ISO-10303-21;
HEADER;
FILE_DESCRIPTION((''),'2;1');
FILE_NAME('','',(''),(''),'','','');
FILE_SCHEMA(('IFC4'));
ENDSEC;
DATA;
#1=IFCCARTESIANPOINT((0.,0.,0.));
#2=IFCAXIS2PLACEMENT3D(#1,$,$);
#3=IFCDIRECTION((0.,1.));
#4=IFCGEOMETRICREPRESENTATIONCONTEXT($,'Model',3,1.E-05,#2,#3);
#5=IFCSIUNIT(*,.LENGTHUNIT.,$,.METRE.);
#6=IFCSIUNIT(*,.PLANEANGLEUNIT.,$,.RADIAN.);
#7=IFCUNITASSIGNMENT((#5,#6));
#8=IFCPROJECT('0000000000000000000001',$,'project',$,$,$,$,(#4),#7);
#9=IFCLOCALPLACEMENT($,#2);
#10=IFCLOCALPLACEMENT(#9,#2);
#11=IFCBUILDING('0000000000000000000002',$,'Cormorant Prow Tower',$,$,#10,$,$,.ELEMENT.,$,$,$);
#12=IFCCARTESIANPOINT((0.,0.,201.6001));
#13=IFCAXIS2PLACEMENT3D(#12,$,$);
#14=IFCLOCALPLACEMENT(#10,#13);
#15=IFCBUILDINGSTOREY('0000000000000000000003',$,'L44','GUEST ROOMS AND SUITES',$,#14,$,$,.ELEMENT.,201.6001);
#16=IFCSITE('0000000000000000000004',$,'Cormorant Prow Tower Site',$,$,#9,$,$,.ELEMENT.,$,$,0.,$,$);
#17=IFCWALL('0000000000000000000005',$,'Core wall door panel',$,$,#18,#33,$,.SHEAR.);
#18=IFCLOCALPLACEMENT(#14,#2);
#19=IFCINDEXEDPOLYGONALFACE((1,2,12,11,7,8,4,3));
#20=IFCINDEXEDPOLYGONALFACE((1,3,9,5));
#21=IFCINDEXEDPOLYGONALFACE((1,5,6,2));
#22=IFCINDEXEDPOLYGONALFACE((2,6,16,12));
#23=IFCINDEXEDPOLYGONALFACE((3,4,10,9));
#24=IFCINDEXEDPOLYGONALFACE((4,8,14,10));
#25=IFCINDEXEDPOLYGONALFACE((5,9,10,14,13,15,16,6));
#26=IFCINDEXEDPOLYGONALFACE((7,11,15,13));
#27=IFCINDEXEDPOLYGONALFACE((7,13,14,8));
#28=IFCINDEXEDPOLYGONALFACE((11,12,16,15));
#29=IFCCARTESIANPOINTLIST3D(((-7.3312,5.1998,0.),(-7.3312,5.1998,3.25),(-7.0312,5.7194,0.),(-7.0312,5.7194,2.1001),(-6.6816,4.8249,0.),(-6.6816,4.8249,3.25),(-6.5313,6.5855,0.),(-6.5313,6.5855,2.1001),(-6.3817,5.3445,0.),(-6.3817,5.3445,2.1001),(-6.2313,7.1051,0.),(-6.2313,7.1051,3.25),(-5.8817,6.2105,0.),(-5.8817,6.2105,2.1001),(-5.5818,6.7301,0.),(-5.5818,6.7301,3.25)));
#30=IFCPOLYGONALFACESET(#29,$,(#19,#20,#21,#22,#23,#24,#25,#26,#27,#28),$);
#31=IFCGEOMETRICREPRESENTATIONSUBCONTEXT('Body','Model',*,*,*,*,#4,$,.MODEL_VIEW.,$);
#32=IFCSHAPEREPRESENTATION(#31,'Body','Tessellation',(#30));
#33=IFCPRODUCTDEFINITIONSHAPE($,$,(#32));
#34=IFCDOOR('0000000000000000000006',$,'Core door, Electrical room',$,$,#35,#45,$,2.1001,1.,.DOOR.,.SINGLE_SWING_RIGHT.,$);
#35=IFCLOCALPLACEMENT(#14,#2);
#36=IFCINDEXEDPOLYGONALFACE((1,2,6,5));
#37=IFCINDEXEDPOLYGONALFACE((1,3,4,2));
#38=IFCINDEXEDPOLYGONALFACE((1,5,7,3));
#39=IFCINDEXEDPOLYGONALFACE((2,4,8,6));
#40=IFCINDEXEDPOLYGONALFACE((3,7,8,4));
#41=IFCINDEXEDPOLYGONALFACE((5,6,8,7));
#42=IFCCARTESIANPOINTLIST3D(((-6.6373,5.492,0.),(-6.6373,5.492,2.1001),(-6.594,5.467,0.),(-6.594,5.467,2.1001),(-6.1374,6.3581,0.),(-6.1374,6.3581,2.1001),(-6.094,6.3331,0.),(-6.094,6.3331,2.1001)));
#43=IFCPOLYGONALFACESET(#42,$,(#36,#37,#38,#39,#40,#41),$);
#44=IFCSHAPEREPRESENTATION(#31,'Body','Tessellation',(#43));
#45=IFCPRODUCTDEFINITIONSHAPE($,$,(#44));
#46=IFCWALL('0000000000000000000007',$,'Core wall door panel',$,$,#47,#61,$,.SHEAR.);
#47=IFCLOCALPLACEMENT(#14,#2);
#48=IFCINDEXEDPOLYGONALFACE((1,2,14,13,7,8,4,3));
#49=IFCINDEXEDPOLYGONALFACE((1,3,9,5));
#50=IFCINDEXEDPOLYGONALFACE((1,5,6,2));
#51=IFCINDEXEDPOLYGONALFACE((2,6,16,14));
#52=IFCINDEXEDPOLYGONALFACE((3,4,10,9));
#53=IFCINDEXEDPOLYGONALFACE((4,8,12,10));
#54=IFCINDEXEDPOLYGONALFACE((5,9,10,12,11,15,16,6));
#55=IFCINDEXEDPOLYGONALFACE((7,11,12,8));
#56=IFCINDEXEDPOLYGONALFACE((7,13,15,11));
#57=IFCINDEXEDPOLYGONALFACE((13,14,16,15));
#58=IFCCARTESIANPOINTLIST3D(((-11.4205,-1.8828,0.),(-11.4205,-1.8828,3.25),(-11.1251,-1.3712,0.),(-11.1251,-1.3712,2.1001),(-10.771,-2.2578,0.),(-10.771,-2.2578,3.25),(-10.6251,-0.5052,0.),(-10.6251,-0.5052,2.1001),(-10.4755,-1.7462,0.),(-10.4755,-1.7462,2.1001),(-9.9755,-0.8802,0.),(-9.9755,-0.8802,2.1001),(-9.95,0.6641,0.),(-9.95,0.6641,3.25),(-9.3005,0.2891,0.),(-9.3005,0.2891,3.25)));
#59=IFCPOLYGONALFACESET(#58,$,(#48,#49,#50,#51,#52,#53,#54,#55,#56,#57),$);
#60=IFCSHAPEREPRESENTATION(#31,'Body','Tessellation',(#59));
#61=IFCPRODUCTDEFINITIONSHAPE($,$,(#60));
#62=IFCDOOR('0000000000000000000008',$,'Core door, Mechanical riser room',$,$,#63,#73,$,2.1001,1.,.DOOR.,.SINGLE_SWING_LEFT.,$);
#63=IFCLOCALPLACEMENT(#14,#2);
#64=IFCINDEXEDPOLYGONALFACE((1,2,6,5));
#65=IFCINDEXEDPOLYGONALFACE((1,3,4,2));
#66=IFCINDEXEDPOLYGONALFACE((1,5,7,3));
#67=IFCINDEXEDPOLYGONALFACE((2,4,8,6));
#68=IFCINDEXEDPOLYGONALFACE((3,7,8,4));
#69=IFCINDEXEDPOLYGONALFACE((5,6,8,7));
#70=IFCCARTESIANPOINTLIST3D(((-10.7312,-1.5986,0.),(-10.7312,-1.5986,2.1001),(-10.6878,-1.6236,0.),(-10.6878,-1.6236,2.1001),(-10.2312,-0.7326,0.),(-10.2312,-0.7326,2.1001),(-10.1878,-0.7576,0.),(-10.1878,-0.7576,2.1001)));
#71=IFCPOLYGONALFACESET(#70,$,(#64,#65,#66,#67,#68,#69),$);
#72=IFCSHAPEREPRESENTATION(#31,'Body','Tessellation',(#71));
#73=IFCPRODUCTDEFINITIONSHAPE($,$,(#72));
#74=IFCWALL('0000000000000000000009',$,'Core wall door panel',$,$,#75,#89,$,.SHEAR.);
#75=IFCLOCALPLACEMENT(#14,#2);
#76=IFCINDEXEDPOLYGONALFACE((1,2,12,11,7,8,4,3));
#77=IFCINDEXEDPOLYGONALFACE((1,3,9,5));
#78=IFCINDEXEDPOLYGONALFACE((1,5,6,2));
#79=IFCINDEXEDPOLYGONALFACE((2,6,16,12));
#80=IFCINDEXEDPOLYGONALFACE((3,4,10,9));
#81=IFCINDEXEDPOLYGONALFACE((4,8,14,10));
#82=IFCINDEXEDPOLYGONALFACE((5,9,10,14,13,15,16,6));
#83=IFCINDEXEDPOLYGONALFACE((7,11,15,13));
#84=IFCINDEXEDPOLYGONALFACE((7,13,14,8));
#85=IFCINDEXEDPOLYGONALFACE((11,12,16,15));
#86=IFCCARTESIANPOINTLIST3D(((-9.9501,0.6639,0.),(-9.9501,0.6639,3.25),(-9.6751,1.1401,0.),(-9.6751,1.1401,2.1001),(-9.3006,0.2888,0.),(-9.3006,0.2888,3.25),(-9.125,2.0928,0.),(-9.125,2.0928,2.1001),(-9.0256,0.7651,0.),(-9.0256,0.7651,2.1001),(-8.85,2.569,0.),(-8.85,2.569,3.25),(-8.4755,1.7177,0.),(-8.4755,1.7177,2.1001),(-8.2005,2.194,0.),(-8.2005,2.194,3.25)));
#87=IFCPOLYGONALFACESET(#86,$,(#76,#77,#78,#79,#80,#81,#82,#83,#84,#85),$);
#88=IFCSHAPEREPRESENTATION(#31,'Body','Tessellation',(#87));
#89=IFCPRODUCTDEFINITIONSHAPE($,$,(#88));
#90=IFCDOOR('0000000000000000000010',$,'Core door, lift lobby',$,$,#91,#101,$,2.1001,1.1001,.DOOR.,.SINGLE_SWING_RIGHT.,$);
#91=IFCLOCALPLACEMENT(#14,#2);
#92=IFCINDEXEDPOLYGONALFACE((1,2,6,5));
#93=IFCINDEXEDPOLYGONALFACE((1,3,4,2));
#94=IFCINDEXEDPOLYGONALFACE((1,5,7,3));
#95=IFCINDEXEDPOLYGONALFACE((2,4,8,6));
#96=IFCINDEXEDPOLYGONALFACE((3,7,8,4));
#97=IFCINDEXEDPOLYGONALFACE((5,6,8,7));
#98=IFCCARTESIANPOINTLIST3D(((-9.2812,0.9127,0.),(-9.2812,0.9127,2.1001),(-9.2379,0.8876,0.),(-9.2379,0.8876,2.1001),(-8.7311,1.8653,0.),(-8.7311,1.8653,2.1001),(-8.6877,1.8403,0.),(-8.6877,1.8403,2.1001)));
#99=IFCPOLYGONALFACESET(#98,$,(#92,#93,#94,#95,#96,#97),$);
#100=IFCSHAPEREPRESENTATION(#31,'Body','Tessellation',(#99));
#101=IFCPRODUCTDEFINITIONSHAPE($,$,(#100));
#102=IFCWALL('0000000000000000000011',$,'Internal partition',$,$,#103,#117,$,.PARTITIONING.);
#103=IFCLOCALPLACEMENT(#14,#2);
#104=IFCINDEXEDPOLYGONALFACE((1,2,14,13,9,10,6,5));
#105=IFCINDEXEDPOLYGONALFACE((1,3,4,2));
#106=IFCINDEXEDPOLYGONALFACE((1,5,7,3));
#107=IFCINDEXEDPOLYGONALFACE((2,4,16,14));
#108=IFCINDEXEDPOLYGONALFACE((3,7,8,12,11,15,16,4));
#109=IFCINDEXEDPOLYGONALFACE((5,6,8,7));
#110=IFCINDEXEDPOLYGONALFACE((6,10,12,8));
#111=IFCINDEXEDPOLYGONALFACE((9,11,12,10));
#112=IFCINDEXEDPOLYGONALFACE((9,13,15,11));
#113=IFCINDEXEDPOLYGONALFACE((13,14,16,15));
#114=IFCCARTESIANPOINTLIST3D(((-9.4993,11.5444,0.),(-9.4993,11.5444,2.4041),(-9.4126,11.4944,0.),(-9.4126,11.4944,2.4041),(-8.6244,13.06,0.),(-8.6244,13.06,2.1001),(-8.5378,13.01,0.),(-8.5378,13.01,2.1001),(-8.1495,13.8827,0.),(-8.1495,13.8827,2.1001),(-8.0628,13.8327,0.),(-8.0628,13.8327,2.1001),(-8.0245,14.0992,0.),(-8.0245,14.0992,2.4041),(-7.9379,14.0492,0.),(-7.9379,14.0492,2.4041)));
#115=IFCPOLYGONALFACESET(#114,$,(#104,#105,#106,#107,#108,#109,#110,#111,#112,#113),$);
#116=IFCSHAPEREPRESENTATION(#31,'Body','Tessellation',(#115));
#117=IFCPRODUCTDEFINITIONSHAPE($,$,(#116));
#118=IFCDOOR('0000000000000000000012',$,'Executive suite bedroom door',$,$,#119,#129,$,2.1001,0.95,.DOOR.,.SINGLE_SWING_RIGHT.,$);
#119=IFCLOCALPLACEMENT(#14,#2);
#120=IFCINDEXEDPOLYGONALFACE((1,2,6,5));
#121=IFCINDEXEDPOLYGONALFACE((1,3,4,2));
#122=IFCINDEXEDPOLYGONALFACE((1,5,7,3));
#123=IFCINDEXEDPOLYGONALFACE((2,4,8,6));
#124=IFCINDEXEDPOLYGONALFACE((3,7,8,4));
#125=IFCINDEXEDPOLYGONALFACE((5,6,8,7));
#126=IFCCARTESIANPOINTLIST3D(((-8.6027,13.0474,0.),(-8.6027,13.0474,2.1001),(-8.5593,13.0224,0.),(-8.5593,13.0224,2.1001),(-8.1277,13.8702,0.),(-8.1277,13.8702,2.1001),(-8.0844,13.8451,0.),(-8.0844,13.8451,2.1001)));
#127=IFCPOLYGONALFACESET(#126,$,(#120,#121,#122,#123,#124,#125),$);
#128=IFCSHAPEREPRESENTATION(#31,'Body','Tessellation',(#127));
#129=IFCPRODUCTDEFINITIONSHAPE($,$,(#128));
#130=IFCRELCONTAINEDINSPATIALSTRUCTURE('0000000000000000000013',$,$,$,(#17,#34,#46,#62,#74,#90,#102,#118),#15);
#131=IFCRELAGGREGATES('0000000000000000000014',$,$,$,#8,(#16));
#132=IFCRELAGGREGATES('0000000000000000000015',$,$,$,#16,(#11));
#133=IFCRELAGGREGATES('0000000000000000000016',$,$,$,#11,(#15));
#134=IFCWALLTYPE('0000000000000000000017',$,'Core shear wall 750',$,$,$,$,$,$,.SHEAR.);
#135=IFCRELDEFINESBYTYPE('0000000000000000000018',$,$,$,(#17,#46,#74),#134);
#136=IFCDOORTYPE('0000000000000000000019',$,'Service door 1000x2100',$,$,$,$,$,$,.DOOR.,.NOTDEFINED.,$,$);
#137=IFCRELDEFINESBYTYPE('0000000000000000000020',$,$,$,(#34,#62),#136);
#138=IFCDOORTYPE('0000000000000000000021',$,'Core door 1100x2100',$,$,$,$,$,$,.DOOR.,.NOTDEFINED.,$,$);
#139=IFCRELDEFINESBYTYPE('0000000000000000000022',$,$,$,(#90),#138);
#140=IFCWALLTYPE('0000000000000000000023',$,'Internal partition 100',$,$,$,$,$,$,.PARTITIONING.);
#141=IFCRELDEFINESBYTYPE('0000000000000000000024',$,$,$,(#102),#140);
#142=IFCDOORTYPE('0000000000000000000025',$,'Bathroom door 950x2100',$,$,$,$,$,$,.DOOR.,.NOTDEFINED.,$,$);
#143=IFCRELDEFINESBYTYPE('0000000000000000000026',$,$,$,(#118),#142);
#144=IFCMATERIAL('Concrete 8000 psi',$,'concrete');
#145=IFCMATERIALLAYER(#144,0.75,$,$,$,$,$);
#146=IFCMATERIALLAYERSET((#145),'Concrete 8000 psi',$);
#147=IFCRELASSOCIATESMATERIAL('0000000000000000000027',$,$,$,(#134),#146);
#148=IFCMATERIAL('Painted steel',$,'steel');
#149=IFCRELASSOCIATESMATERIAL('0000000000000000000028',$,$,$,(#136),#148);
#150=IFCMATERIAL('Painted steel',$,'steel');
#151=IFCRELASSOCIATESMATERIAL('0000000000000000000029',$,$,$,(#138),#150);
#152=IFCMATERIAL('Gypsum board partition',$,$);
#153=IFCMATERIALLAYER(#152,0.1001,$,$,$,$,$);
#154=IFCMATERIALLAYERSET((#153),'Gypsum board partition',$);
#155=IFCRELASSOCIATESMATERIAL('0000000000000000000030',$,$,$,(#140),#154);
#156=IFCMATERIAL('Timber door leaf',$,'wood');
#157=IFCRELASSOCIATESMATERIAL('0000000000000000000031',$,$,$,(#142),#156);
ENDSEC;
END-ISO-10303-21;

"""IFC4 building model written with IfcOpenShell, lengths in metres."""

from ifc_helpers import new_model, si_unit, direction, frame, frame_2d, origin, place, context, subcontext, project, spatial, rectangle, extrude, material, layer, layer_set, type_object, element, fill, save


model = new_model("IFC4")

# Units and contexts
model_context = context("Model", 3, precision=1e-05, world=origin(), true_north=direction((0.0, 1.0)))
body_context = subcontext(model_context, "Body", "Model", "MODEL_VIEW")
ifc_project = project(units=[si_unit("LENGTHUNIT", "METRE"), si_unit("PLANEANGLEUNIT", "RADIAN")], contexts=[model_context])

# Site, building, storey
site_placement = place(None, origin())
site = spatial("IfcSite", under=ifc_project, at=site_placement, Name="Cormorant Prow Tower Site", CompositionType="ELEMENT", RefElevation=0.0)
building_placement = place(site_placement, origin())
building = spatial("IfcBuilding", under=site, at=building_placement, Name="Cormorant Prow Tower", CompositionType="ELEMENT")
storey_placement = place(building_placement, frame((0.0, 0.0, 201.6001)))
storey = spatial("IfcBuildingStorey", under=building, at=storey_placement, Name="L44", Description="GUEST ROOMS AND SUITES", CompositionType="ELEMENT", Elevation=201.6001)

# Shared definitions
ifc_material_1 = material(Name="Concrete 8000 psi", Category="concrete")
ifc_layer_1 = layer(ifc_material_1, 0.75)
ifc_layer_set_1 = layer_set([ifc_layer_1], Name="Concrete 8000 psi")
wall_type_1 = type_object("IfcWallType", Name="Core shear wall 750", PredefinedType="SHEAR", material=ifc_layer_set_1)

# Walls, openings, doors
wall_1_placement = place(storey_placement, frame((-5.9065, 6.9177, 0.0), z_axis=(0.0, 0.0, 1.0), x_axis=(-0.499947, -0.866056, 0.0)))
wall_1 = element("IfcWall", 1, at=wall_1_placement, inside=storey, type_object=wall_type_1, Name="Core wall door panel", PredefinedType="SHEAR", context=body_context, shape_type="SweptSolid", body=[
    extrude(rectangle(XDim=2.2, YDim=0.75, at=frame_2d((1.1001, 0.0))), origin(), (0.0, 0.0, 1.0), 3.25),
])
opening_1_placement = place(wall_1_placement, frame((0.6001, 0.0, 0.0)))
opening_1 = element("IfcOpeningElement", 2, at=opening_1_placement, cuts=wall_1, PredefinedType="OPENING", context=body_context, shape_type="SweptSolid", body=[
    extrude(rectangle(XDim=1.0, YDim=2.1001, at=frame_2d((0.5, 1.05))), frame((0.0, 0.385, 0.0), z_axis=(0.0, -1.0, 0.0), x_axis=(1.0, 0.0, 0.0)), (0.0, 0.0, 1.0), 0.77),
])
ifc_material_2 = material(Name="Painted steel", Category="steel")
door_type_1 = type_object("IfcDoorType", Name="Service door 1000x2100", OperationType="NOTDEFINED", PredefinedType="DOOR", material=ifc_material_2)
door_1_placement = place(opening_1_placement, origin())
door_1 = element("IfcDoor", 3, at=door_1_placement, inside=storey, type_object=door_type_1, Name="Core door, Electrical room", OperationType="SINGLE_SWING_RIGHT", OverallHeight=2.1001, OverallWidth=1.0, PredefinedType="DOOR", context=body_context, shape_type="SweptSolid", body=[
    extrude(rectangle(XDim=1.0, YDim=2.1001, at=frame_2d((0.5, 1.05))), frame((0.0, 0.1299, 0.0), z_axis=(0.0, -1.0, 0.0), x_axis=(1.0, 0.0, 0.0)), (0.0, 0.0, 1.0), 0.05),
])
fill(opening_1, door_1)
wall_2_placement = place(storey_placement, frame((-9.6252, 0.4766, 0.0), z_axis=(0.0, 0.0, 1.0), x_axis=(-0.500005, -0.866022, 0.0)))
wall_2 = element("IfcWall", 4, at=wall_2_placement, inside=storey, type_object=wall_type_1, Name="Core wall door panel", PredefinedType="SHEAR", context=body_context, shape_type="SweptSolid", body=[
    extrude(rectangle(XDim=2.9409, YDim=0.75, at=frame_2d((1.4705, 0.0))), origin(), (0.0, 0.0, 1.0), 3.25),
])
opening_2_placement = place(wall_2_placement, frame((1.3501, 0.0, 0.0)))
opening_2 = element("IfcOpeningElement", 5, at=opening_2_placement, cuts=wall_2, PredefinedType="OPENING", context=body_context, shape_type="SweptSolid", body=[
    extrude(rectangle(XDim=1.0, YDim=2.1001, at=frame_2d((0.5, 1.05))), frame((0.0, 0.385, 0.0), z_axis=(0.0, -1.0, 0.0), x_axis=(1.0, 0.0, 0.0)), (0.0, 0.0, 1.0), 0.77),
])
door_2_placement = place(opening_2_placement, origin())
door_2 = element("IfcDoor", 6, at=door_2_placement, inside=storey, type_object=door_type_1, Name="Core door, Mechanical riser room", OperationType="SINGLE_SWING_LEFT", OverallHeight=2.1001, OverallWidth=1.0, PredefinedType="DOOR", context=body_context, shape_type="SweptSolid", body=[
    extrude(rectangle(XDim=1.0, YDim=2.1001, at=frame_2d((0.5, 1.05))), frame((0.0, 0.1299, 0.0), z_axis=(0.0, -1.0, 0.0), x_axis=(1.0, 0.0, 0.0)), (0.0, 0.0, 1.0), 0.05),
])
fill(opening_2, door_2)
wall_3_placement = place(storey_placement, frame((-8.5251, 2.3816, 0.0), z_axis=(0.0, 0.0, 1.0), x_axis=(-0.500078, -0.86598, 0.0)))
wall_3 = element("IfcWall", 7, at=wall_3_placement, inside=storey, type_object=wall_type_1, Name="Core wall door panel", PredefinedType="SHEAR", context=body_context, shape_type="SweptSolid", body=[
    extrude(rectangle(XDim=2.2, YDim=0.75, at=frame_2d((1.1001, 0.0))), origin(), (0.0, 0.0, 1.0), 3.25),
])
opening_3_placement = place(wall_3_placement, frame((0.55, 0.0, 0.0)))
opening_3 = element("IfcOpeningElement", 8, at=opening_3_placement, cuts=wall_3, PredefinedType="OPENING", context=body_context, shape_type="SweptSolid", body=[
    extrude(rectangle(XDim=1.1001, YDim=2.1001, at=frame_2d((0.55, 1.05))), frame((0.0, 0.385, 0.0), z_axis=(0.0, -1.0, 0.0), x_axis=(1.0, 0.0, 0.0)), (0.0, 0.0, 1.0), 0.77),
])
ifc_material_3 = material(Name="Painted steel", Category="steel")
door_type_2 = type_object("IfcDoorType", Name="Core door 1100x2100", OperationType="NOTDEFINED", PredefinedType="DOOR", material=ifc_material_3)
door_3_placement = place(opening_3_placement, origin())
door_3 = element("IfcDoor", 9, at=door_3_placement, inside=storey, type_object=door_type_2, Name="Core door, lift lobby", OperationType="SINGLE_SWING_RIGHT", OverallHeight=2.1001, OverallWidth=1.1001, PredefinedType="DOOR", context=body_context, shape_type="SweptSolid", body=[
    extrude(rectangle(XDim=1.1001, YDim=2.1001, at=frame_2d((0.55, 1.05))), frame((0.0, 0.1299, 0.0), z_axis=(0.0, -1.0, 0.0), x_axis=(1.0, 0.0, 0.0)), (0.0, 0.0, 1.0), 0.05),
])
fill(opening_3, door_3)
ifc_material_4 = material(Name="Gypsum board partition")
ifc_layer_2 = layer(ifc_material_4, 0.1001)
ifc_layer_set_2 = layer_set([ifc_layer_2], Name="Gypsum board partition")
wall_type_2 = type_object("IfcWallType", Name="Internal partition 100", PredefinedType="PARTITIONING", material=ifc_layer_set_2)
wall_4_placement = place(storey_placement, frame((-9.4561, 11.5193, 0.0), z_axis=(0.0, 0.0, 1.0), x_axis=(0.49994, 0.86606, 0.0)))
wall_4 = element("IfcWall", 10, at=wall_4_placement, inside=storey, type_object=wall_type_2, Name="Internal partition", PredefinedType="PARTITIONING", context=body_context, shape_type="SweptSolid", body=[
    extrude(rectangle(XDim=2.95, YDim=0.1001, at=frame_2d((1.4751, 0.0))), origin(), (0.0, 0.0, 1.0), 2.4041),
])
opening_4_placement = place(wall_4_placement, frame((1.75, 0.0, 0.0)))
opening_4 = element("IfcOpeningElement", 11, at=opening_4_placement, cuts=wall_4, PredefinedType="OPENING", context=body_context, shape_type="SweptSolid", body=[
    extrude(rectangle(XDim=0.95, YDim=2.1001, at=frame_2d((0.4751, 1.05))), frame((0.0, 0.0601, 0.0), z_axis=(0.0, -1.0, 0.0), x_axis=(1.0, 0.0, 0.0)), (0.0, 0.0, 1.0), 0.1201),
])
ifc_material_5 = material(Name="Timber door leaf", Category="wood")
door_type_3 = type_object("IfcDoorType", Name="Bathroom door 950x2100", OperationType="NOTDEFINED", PredefinedType="DOOR", material=ifc_material_5)
door_4_placement = place(opening_4_placement, origin())
door_4 = element("IfcDoor", 12, at=door_4_placement, inside=storey, type_object=door_type_3, Name="Executive suite bedroom door", OperationType="SINGLE_SWING_RIGHT", OverallHeight=2.1001, OverallWidth=0.95, PredefinedType="DOOR", context=body_context, shape_type="SweptSolid", body=[
    extrude(rectangle(XDim=0.95, YDim=2.1001, at=frame_2d((0.4751, 1.05))), frame((0.0, 0.0249, 0.0), z_axis=(0.0, -1.0, 0.0), x_axis=(1.0, 0.0, 0.0)), (0.0, 0.0, 1.0), 0.05),
])
fill(opening_4, door_4)

save(model, "model.ifc")
